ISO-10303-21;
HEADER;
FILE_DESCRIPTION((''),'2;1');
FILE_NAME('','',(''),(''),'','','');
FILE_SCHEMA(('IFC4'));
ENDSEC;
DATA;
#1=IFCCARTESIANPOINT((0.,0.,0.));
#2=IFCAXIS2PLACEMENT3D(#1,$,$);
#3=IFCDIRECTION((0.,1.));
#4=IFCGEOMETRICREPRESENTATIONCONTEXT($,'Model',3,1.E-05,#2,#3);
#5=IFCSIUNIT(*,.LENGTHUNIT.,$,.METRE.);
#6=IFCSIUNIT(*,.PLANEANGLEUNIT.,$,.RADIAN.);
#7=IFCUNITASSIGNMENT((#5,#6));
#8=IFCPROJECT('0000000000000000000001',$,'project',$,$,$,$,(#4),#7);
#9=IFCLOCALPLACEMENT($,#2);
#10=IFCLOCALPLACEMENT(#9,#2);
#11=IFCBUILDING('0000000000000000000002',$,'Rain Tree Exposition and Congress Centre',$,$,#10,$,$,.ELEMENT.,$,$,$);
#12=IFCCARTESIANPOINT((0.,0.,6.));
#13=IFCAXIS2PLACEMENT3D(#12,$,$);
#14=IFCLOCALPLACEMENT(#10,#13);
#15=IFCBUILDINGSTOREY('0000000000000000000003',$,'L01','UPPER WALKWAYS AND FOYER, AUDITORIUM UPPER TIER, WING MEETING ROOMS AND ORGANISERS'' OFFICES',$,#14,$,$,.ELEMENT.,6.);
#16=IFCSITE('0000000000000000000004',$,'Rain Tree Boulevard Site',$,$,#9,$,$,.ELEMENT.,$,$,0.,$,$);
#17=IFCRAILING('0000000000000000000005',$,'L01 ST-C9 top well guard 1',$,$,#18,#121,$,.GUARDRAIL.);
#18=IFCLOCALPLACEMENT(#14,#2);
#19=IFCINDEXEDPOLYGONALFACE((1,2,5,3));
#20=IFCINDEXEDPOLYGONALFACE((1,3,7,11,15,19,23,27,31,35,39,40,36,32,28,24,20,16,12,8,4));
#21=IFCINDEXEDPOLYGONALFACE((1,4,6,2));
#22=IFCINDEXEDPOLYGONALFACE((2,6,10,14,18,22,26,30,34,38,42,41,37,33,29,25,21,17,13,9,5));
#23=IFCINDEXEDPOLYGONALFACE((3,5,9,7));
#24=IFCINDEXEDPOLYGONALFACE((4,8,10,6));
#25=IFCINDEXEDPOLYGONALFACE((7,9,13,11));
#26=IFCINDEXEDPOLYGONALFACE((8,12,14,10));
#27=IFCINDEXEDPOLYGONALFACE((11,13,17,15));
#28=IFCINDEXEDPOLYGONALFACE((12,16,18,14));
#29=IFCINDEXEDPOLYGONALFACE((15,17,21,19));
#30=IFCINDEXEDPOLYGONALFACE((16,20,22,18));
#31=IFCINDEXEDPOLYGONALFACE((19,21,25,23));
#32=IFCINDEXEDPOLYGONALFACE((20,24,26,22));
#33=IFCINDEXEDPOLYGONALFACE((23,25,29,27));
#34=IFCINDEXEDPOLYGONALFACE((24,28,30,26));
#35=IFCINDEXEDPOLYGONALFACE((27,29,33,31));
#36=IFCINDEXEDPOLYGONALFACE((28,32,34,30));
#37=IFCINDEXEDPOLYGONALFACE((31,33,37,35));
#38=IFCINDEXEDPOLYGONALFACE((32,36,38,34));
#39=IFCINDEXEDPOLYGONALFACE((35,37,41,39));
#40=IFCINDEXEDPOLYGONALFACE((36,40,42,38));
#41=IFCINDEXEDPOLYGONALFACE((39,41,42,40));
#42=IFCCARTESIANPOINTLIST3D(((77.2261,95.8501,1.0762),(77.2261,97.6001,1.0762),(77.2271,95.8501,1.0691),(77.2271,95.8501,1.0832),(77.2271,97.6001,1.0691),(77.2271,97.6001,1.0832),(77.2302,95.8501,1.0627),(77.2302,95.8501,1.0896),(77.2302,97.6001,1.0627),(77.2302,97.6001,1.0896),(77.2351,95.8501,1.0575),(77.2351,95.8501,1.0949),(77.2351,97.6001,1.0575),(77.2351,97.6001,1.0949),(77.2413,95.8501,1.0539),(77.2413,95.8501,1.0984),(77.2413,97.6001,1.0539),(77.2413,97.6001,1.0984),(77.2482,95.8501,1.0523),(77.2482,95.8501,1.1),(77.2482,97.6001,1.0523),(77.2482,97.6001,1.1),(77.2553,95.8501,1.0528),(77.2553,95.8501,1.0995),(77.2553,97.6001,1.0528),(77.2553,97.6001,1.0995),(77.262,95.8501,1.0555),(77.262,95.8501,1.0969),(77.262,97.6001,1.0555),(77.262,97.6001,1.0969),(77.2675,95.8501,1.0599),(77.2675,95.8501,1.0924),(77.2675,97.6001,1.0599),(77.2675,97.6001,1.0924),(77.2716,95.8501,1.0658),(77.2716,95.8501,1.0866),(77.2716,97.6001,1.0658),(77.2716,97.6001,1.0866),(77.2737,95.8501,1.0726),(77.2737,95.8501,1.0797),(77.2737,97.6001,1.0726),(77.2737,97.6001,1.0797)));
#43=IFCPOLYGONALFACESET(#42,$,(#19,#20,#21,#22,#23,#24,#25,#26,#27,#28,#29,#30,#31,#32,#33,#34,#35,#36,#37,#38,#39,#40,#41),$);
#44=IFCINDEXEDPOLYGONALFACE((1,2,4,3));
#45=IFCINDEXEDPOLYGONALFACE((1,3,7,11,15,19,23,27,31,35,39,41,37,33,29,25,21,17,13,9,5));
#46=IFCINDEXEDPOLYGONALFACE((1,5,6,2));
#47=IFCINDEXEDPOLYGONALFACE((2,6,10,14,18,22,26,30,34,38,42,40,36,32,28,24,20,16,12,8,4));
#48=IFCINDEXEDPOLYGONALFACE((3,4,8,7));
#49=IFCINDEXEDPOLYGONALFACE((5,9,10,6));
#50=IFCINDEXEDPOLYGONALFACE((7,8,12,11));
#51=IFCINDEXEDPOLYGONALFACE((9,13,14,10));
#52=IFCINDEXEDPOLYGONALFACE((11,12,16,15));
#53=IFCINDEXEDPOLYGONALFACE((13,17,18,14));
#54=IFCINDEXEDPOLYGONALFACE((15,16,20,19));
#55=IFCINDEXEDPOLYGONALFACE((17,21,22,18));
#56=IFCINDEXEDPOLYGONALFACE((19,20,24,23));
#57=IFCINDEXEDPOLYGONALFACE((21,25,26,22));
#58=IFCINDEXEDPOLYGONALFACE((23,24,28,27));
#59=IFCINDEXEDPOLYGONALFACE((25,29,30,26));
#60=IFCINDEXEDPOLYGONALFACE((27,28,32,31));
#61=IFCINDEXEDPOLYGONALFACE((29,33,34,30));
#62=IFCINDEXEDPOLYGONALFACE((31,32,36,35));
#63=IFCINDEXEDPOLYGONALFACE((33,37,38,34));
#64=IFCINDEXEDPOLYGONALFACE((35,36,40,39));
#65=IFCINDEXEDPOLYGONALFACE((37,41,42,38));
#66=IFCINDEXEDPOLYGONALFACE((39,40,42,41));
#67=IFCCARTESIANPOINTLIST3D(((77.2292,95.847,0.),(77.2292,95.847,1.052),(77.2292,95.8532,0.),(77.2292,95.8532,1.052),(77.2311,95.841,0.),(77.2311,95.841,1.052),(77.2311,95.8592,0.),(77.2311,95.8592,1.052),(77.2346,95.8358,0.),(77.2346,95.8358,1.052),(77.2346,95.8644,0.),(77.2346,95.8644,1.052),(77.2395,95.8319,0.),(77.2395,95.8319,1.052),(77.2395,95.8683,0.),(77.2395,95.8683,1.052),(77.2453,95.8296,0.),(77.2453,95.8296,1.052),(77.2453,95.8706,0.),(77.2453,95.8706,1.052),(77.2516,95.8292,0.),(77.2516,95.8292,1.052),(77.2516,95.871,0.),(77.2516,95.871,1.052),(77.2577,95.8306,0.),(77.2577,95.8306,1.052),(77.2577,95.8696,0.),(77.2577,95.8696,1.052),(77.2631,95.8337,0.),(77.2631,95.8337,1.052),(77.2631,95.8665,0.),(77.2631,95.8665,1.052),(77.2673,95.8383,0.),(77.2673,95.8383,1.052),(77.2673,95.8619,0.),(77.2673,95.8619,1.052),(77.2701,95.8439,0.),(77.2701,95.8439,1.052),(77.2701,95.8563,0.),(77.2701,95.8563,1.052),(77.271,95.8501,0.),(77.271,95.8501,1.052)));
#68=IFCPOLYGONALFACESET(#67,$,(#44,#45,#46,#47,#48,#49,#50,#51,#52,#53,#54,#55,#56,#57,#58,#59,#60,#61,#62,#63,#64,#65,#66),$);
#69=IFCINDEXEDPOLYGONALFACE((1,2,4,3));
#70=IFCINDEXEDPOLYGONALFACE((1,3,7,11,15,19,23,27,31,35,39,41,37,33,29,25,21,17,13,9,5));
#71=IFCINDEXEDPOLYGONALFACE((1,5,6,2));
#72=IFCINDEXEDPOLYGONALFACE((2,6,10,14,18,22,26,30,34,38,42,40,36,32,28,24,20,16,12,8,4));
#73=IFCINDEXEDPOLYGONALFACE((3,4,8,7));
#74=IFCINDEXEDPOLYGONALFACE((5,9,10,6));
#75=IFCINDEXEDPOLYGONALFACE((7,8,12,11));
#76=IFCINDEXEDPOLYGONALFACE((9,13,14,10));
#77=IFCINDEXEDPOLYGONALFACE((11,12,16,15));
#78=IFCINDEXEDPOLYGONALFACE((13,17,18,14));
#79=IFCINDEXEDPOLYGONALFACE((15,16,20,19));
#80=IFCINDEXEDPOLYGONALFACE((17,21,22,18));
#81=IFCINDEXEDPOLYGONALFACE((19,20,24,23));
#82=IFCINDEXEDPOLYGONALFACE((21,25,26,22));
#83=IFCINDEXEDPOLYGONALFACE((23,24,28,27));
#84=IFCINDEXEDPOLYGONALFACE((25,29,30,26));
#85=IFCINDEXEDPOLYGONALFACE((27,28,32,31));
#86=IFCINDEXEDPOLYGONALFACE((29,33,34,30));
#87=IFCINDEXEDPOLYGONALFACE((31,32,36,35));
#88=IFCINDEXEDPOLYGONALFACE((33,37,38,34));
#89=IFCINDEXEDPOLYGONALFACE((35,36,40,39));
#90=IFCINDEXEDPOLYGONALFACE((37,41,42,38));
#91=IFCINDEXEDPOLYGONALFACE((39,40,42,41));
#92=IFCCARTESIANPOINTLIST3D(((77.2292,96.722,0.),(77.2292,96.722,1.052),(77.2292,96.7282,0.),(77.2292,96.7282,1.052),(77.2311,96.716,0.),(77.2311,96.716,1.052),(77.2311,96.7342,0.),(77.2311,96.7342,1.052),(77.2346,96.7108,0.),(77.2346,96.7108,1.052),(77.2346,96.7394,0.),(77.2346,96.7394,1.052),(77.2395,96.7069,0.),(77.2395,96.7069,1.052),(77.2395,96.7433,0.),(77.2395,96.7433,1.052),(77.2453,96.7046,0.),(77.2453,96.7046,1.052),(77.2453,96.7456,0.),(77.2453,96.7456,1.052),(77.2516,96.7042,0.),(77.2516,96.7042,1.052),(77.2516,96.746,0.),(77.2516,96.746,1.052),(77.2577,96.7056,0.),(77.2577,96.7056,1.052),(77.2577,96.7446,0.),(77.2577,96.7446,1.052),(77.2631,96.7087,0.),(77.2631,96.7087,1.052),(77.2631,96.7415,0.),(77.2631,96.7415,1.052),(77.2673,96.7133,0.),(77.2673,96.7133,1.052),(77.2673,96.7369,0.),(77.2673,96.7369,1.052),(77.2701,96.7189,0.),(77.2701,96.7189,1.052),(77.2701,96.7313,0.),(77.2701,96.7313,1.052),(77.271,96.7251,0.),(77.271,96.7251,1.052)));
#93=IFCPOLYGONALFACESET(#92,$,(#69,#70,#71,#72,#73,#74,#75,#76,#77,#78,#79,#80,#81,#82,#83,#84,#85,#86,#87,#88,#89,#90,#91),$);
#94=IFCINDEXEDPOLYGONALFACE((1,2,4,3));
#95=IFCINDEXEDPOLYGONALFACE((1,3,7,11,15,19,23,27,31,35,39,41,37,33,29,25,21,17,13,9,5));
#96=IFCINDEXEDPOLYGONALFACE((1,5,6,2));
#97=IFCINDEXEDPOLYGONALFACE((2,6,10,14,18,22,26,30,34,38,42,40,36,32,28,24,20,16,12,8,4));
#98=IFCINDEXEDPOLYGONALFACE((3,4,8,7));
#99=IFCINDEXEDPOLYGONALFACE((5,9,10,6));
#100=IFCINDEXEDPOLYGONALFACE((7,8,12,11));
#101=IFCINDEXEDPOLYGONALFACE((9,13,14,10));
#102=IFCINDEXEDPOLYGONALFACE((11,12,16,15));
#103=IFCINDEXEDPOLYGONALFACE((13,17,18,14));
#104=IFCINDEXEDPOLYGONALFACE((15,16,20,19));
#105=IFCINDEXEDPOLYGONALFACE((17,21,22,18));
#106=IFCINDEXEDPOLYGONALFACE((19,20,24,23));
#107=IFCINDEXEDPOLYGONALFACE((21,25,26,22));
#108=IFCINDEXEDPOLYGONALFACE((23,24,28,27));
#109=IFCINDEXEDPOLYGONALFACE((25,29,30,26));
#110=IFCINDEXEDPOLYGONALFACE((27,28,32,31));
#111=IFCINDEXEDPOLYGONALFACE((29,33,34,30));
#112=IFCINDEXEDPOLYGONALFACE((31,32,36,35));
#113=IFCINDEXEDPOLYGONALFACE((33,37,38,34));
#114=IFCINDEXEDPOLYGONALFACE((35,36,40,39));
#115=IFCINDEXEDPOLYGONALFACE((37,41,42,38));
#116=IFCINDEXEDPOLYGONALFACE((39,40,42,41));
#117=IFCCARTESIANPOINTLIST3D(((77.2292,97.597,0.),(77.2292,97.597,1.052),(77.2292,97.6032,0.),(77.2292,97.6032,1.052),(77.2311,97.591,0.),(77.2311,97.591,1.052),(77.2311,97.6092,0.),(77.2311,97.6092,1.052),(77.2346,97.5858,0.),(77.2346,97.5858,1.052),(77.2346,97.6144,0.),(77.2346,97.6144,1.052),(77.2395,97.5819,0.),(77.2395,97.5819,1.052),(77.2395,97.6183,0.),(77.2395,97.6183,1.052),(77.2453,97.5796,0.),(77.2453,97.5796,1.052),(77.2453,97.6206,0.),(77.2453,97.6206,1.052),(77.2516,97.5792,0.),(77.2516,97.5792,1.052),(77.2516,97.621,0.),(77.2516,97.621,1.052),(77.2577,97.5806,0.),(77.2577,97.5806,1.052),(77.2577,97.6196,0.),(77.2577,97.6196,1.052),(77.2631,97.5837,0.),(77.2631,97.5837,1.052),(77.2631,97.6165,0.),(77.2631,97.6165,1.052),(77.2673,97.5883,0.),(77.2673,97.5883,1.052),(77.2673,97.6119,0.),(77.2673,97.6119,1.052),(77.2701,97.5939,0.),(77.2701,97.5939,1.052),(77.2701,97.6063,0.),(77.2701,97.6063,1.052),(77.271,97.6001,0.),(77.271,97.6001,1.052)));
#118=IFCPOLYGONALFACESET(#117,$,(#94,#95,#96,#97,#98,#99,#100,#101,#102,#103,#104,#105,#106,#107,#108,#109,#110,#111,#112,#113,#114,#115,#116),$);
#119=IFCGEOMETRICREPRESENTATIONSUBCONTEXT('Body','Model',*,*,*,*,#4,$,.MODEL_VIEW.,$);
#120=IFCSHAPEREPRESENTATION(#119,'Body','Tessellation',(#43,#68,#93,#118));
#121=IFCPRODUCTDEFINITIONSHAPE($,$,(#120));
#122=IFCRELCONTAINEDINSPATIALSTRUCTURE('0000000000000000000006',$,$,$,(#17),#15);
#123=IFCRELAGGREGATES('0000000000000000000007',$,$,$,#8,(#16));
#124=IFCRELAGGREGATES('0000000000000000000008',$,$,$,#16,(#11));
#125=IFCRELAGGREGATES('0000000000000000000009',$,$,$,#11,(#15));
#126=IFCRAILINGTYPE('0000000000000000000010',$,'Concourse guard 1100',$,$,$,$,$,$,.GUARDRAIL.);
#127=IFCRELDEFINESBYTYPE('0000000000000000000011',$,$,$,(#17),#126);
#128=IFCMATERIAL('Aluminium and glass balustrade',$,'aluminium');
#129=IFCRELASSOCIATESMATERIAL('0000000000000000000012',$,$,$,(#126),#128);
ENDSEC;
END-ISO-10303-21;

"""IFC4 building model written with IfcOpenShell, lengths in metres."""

from ifc_helpers import new_model, si_unit, direction, frame, origin, origin_2d, place, context, subcontext, project, spatial, circle, extrude, material, type_object, element, save


model = new_model("IFC4")

# Units and contexts
model_context = context("Model", 3, precision=1e-05, world=origin(), true_north=direction((0.0, 1.0)))
body_context = subcontext(model_context, "Body", "Model", "MODEL_VIEW")
ifc_project = project(units=[si_unit("LENGTHUNIT", "METRE"), si_unit("PLANEANGLEUNIT", "RADIAN")], contexts=[model_context])

# Site, building, storey
site_placement = place(None, origin())
site = spatial("IfcSite", under=ifc_project, at=site_placement, Name="Rain Tree Boulevard Site", CompositionType="ELEMENT", RefElevation=0.0)
building_placement = place(site_placement, origin())
building = spatial("IfcBuilding", under=site, at=building_placement, Name="Rain Tree Exposition and Congress Centre", CompositionType="ELEMENT")
storey_placement = place(building_placement, frame((0.0, 0.0, 6.0)))
storey = spatial("IfcBuildingStorey", under=building, at=storey_placement, Name="L01", Description="UPPER WALKWAYS AND FOYER, AUDITORIUM UPPER TIER, WING MEETING ROOMS AND ORGANISERS' OFFICES", CompositionType="ELEMENT", Elevation=6.0)

# Railing
ifc_material_1 = material(Name="Aluminium and glass balustrade", Category="aluminium")
railing_type = type_object("IfcRailingType", Name="Concourse guard 1100", PredefinedType="GUARDRAIL", material=ifc_material_1)
railing_1_placement = place(storey_placement, frame((77.25, 95.8501, 0.0)))
element("IfcRailing", 1, at=railing_1_placement, inside=storey, type_object=railing_type, Name="L01 ST-C9 top well guard 1", PredefinedType="GUARDRAIL", context=body_context, shape_type="SweptSolid", body=[
    extrude(circle(Radius=0.0239, at=origin_2d()), frame((0.0, 0.0, 1.0762), z_axis=(0.0, 1.0, 0.0), x_axis=(-1.0, 0.0, 0.0)), (0.0, 0.0, 1.0), 1.75),
    extrude(circle(Radius=0.021, at=origin_2d()), origin(), (0.0, 0.0, 1.0), 1.052),
    extrude(circle(Radius=0.021, at=origin_2d()), frame((0.0, 0.875, 0.0)), (0.0, 0.0, 1.0), 1.052),
    extrude(circle(Radius=0.021, at=origin_2d()), frame((0.0, 1.75, 0.0)), (0.0, 0.0, 1.0), 1.052),
])

save(model, "model.ifc")
